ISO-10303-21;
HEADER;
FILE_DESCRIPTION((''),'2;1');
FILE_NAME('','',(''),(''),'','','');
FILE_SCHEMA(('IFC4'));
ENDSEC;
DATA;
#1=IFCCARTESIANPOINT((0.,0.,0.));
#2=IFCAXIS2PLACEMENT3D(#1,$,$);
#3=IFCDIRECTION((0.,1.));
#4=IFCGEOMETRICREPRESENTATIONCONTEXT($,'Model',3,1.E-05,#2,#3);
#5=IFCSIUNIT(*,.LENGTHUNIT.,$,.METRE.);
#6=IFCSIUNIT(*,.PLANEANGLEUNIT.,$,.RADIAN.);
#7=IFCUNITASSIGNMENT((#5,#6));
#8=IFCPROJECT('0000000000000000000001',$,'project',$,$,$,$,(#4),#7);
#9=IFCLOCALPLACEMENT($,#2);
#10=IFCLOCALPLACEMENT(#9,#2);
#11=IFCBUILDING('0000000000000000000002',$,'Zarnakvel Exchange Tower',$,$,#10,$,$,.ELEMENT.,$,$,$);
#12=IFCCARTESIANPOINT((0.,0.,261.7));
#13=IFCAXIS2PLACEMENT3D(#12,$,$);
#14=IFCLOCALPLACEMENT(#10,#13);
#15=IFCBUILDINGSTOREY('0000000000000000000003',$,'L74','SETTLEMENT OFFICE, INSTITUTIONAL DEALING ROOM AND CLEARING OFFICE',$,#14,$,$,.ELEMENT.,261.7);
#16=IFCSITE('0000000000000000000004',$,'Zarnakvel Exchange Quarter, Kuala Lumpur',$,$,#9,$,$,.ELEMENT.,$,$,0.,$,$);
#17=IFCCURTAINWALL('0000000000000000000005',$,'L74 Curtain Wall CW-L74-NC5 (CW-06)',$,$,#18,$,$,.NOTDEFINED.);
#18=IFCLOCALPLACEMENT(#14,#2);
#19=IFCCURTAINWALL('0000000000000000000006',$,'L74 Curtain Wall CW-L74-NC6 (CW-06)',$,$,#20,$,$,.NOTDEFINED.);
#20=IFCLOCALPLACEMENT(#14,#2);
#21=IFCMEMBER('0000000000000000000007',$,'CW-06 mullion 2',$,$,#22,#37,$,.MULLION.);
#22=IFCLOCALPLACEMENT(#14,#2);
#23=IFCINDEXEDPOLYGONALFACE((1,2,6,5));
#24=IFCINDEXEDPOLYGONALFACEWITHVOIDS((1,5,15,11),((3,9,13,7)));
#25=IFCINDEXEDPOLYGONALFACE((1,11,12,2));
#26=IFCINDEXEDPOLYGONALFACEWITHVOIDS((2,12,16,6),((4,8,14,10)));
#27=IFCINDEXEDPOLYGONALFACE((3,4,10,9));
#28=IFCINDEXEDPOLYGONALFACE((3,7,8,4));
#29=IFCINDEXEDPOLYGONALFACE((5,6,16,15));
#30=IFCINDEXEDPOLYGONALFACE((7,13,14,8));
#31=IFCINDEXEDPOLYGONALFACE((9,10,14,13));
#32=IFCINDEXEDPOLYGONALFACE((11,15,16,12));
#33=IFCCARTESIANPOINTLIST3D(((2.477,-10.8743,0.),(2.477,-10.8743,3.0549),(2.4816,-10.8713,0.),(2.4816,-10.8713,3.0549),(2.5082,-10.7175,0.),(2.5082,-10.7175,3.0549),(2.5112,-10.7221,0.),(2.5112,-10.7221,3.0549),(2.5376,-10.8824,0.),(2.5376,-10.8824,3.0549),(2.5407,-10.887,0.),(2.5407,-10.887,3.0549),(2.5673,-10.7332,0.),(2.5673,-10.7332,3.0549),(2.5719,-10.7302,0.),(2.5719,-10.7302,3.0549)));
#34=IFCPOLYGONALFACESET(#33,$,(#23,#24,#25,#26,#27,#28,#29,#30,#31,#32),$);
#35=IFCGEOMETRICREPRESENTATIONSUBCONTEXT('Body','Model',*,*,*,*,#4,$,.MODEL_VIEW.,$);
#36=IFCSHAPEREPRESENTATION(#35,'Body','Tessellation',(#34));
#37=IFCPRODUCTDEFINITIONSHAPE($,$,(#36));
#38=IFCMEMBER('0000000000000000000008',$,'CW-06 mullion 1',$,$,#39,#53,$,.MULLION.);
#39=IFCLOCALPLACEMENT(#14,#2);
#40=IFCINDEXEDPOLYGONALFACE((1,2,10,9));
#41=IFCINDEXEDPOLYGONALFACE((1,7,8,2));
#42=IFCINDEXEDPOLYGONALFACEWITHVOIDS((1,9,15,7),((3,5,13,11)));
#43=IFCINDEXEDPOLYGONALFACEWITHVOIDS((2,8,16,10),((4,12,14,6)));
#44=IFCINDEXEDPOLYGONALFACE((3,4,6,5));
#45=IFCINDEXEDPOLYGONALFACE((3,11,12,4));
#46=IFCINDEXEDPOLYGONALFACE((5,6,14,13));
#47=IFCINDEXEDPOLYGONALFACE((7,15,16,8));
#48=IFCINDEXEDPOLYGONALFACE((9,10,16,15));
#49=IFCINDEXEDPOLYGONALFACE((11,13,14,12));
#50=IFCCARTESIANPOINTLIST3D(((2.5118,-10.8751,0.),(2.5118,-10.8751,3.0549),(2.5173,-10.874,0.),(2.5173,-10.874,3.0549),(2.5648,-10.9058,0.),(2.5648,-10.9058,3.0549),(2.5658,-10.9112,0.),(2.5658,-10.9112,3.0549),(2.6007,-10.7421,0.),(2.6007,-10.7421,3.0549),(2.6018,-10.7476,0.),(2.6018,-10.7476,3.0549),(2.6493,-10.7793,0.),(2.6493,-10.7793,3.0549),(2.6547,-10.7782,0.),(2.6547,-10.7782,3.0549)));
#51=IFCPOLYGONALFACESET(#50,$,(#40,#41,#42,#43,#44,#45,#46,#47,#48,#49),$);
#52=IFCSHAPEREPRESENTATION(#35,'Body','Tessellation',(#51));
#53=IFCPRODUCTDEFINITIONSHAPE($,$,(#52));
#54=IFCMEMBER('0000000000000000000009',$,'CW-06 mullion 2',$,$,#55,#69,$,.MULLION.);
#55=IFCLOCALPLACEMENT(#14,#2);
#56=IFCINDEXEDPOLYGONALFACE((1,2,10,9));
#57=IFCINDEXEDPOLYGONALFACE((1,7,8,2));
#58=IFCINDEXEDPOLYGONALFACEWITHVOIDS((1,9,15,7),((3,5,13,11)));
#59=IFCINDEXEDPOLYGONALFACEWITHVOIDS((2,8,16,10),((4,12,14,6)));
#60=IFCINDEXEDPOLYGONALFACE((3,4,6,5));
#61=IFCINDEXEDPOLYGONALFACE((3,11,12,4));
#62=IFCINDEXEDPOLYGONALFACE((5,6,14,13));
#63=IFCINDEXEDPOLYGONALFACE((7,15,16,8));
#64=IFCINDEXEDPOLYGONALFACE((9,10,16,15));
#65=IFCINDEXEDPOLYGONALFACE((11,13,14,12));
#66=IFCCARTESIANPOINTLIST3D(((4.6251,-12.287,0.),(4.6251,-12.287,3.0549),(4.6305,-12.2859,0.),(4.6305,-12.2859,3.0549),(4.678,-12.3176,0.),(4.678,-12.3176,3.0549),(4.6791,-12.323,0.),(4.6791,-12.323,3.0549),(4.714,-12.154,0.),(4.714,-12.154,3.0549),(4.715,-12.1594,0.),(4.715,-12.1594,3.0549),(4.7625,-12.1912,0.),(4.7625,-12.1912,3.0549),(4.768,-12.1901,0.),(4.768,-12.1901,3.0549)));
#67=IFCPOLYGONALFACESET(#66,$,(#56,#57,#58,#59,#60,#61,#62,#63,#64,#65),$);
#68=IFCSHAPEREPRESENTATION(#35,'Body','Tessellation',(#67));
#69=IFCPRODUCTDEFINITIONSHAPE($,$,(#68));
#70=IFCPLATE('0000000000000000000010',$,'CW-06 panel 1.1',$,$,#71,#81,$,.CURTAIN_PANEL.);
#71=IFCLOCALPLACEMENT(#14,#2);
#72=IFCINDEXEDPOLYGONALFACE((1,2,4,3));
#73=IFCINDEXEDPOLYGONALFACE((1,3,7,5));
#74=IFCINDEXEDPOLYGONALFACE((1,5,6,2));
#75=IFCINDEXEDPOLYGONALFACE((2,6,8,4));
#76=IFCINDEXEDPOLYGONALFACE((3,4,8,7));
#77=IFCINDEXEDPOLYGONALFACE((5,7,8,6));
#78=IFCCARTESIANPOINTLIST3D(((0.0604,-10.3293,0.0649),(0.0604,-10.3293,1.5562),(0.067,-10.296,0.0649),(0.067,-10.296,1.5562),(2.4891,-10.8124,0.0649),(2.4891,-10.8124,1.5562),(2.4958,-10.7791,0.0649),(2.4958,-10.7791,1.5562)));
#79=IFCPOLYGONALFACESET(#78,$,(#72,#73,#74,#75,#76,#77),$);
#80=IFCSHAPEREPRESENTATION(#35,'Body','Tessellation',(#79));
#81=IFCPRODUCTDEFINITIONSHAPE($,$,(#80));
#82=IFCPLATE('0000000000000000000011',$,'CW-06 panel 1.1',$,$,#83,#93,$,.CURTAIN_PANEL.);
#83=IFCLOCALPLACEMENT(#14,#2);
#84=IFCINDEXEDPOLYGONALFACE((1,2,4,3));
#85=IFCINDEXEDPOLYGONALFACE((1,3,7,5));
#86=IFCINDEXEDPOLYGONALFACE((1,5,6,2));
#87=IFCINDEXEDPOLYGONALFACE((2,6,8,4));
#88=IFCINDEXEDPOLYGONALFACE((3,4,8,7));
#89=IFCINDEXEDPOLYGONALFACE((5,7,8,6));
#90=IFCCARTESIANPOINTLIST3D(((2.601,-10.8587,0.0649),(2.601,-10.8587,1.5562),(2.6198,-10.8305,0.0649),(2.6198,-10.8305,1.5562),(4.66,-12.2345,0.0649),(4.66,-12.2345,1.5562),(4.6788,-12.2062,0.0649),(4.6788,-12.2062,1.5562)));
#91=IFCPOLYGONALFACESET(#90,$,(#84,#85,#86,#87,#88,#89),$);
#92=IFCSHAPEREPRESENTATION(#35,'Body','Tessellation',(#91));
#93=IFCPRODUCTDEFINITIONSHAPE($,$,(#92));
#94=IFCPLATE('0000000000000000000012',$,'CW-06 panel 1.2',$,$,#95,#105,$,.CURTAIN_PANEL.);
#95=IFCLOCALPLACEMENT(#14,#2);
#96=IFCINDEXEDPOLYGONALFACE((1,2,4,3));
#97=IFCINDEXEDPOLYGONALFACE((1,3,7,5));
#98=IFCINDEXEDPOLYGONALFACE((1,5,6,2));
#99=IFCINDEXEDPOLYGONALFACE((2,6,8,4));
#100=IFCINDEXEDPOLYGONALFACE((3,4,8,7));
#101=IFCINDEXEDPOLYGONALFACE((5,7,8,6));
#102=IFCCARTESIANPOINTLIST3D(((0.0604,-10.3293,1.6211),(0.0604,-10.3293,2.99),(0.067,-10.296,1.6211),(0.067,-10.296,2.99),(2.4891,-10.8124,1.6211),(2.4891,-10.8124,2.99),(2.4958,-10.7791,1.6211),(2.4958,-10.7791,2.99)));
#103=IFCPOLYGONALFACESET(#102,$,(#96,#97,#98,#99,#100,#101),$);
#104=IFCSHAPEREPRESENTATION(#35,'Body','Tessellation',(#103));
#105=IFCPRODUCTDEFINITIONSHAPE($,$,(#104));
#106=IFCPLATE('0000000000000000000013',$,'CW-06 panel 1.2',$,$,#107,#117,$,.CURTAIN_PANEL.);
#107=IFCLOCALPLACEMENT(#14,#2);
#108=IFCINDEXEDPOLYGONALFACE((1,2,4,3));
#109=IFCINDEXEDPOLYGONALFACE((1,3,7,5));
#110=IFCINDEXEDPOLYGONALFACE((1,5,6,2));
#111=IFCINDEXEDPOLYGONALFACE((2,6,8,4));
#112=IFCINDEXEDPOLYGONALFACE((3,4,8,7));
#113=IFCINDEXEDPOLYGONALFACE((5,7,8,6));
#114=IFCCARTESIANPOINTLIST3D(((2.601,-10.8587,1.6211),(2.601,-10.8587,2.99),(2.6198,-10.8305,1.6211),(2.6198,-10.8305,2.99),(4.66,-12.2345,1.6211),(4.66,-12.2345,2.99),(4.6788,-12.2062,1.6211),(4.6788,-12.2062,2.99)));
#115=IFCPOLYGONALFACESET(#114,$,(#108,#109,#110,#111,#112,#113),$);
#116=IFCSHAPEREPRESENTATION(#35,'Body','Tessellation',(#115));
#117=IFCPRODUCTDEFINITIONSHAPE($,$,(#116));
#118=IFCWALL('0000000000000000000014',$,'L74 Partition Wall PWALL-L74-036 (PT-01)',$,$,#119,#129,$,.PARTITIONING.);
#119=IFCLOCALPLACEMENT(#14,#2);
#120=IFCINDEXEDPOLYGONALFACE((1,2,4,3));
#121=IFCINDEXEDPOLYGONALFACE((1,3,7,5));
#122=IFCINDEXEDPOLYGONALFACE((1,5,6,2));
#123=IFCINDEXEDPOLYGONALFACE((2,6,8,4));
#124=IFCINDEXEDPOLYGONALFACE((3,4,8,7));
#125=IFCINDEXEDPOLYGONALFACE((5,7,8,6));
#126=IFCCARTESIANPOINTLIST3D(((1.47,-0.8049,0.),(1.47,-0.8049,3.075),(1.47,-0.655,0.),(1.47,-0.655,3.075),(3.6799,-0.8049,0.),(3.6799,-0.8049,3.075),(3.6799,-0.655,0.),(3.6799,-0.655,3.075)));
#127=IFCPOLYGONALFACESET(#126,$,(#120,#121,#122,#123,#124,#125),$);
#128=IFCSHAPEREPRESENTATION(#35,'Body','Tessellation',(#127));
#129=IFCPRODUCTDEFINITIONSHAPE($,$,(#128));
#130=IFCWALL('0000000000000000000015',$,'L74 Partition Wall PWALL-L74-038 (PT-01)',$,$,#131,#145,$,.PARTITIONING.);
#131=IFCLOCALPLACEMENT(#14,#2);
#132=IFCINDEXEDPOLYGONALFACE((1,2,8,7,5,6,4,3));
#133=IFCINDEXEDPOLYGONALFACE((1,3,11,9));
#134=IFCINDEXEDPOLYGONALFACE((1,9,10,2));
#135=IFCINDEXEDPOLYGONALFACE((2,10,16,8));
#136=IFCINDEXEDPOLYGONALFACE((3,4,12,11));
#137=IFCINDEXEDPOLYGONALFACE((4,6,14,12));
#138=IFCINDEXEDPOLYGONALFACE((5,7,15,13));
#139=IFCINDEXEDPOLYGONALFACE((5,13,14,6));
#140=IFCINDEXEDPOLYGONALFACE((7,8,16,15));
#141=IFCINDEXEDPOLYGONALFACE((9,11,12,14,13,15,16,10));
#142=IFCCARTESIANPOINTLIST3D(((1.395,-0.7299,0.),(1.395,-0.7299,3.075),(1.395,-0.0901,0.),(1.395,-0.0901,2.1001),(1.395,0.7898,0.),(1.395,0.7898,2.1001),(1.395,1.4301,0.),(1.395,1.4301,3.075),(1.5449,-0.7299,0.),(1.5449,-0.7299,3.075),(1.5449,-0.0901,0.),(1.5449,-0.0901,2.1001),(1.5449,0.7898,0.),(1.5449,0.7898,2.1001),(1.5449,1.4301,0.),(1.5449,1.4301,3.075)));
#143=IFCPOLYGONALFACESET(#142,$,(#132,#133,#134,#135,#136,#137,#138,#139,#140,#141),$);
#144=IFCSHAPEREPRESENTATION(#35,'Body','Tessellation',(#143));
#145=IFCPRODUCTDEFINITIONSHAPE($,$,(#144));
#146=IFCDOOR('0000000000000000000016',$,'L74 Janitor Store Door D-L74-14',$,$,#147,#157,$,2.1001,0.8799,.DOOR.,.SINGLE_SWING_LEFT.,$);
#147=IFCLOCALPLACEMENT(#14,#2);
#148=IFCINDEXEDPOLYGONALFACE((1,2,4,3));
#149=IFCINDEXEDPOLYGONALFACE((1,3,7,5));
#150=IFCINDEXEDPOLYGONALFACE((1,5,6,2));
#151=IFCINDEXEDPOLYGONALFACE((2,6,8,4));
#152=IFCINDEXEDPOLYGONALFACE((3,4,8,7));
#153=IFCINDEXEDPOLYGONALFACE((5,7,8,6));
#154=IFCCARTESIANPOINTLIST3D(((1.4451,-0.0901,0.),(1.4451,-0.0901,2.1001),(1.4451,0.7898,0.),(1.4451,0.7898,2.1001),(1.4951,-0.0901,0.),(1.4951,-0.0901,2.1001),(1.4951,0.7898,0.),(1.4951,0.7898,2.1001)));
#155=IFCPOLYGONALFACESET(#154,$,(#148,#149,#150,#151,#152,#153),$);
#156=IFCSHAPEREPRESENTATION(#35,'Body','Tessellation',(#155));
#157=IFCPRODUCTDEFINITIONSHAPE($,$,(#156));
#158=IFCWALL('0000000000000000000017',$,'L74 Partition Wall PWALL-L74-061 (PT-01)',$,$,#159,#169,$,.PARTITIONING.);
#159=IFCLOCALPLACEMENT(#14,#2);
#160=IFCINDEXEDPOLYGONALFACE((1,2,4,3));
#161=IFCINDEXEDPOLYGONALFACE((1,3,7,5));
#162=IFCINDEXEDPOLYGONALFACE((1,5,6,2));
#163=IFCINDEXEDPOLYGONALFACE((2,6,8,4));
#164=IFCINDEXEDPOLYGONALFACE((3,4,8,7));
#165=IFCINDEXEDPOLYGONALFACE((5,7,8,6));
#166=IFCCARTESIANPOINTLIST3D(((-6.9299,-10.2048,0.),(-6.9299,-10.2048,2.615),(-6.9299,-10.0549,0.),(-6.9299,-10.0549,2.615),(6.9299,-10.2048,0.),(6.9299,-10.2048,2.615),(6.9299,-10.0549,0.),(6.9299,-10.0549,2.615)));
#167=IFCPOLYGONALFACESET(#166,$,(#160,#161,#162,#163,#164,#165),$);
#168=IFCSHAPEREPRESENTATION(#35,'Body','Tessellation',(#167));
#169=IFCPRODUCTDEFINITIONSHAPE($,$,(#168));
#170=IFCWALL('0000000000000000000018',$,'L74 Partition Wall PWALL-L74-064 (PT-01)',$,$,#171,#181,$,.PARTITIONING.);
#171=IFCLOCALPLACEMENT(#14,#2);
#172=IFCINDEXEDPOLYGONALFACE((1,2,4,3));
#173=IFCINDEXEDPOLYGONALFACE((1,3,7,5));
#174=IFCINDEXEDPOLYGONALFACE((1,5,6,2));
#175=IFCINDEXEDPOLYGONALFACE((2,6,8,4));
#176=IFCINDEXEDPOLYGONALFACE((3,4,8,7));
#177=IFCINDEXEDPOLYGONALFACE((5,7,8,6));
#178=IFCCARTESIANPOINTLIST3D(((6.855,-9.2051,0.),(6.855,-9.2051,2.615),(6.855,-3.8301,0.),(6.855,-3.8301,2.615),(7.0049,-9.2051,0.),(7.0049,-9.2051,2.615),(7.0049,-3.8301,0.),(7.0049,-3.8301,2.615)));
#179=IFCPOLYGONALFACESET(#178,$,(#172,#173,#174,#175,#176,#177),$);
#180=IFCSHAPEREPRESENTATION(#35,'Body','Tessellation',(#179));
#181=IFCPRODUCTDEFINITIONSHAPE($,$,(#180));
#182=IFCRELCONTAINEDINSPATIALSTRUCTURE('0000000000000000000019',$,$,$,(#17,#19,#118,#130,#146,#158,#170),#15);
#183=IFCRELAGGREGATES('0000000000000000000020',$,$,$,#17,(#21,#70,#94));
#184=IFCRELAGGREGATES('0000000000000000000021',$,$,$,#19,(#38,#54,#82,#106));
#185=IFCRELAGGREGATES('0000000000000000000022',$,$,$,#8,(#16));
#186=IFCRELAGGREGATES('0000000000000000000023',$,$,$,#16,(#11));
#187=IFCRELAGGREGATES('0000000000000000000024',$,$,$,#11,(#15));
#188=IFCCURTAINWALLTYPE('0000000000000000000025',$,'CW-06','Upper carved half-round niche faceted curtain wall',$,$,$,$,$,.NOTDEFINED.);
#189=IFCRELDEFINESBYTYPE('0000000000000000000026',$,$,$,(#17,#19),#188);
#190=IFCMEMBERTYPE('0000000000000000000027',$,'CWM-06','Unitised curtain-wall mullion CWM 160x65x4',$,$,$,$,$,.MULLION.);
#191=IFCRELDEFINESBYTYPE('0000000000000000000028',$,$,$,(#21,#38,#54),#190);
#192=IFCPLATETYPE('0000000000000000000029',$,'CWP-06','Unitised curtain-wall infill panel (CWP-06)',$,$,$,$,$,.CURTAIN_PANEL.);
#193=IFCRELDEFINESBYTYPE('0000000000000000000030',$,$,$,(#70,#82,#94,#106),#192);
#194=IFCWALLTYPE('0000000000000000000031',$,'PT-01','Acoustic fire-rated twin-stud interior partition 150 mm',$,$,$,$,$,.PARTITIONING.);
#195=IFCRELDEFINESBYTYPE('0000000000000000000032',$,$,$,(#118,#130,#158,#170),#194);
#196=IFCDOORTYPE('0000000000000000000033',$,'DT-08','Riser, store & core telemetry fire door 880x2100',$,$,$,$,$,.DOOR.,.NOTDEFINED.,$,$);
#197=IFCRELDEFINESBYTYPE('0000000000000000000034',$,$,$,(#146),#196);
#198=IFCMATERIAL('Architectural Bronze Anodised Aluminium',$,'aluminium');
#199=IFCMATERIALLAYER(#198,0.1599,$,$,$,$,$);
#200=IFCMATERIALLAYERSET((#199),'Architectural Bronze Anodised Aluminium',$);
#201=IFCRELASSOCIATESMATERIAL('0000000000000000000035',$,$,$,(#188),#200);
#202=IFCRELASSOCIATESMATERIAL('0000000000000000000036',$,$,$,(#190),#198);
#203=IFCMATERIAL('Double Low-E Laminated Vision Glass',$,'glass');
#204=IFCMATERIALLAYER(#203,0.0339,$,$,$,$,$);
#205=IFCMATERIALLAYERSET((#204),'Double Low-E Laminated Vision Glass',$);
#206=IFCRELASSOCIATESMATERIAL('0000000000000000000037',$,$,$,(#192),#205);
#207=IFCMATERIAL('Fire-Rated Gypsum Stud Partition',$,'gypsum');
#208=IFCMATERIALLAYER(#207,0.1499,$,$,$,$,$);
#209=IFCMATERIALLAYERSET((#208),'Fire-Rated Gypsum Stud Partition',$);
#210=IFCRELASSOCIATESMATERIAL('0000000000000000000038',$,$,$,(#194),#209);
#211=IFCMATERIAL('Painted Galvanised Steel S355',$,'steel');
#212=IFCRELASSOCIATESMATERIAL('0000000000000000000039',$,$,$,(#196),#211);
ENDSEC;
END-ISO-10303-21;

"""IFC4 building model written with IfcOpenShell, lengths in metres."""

from ifc_helpers import new_model, si_unit, direction, frame, frame_2d, origin, origin_2d, place, context, subcontext, project, spatial, rectangle, hollow_rectangle, extrude, source, transform, mapped, material, layer, layer_set, material_profile, profile_set, type_object, element, fill, aggregate, save


model = new_model("IFC4")

# Units and contexts
model_context = context("Model", 3, precision=1e-05, world=origin(), true_north=direction((0.0, 1.0)))
body_context = subcontext(model_context, "Body", "Model", "MODEL_VIEW")
ifc_project = project(units=[si_unit("LENGTHUNIT", "METRE"), si_unit("PLANEANGLEUNIT", "RADIAN")], contexts=[model_context])

# Site, building, storey
site_placement = place(None, origin())
site = spatial("IfcSite", under=ifc_project, at=site_placement, Name="Zarnakvel Exchange Quarter, Kuala Lumpur", CompositionType="ELEMENT", RefElevation=0.0)
building_placement = place(site_placement, origin())
building = spatial("IfcBuilding", under=site, at=building_placement, Name="Zarnakvel Exchange Tower", CompositionType="ELEMENT")
storey_placement = place(building_placement, frame((0.0, 0.0, 261.7)))
storey = spatial("IfcBuildingStorey", under=building, at=storey_placement, Name="L74", Description="SETTLEMENT OFFICE, INSTITUTIONAL DEALING ROOM AND CLEARING OFFICE", CompositionType="ELEMENT", Elevation=261.7)

# Curtain walls
ifc_material_1 = material(Name="Architectural Bronze Anodised Aluminium", Category="aluminium")
ifc_layer_1 = layer(ifc_material_1, 0.1599)
ifc_layer_set_1 = layer_set([ifc_layer_1], Name="Architectural Bronze Anodised Aluminium")
curtain_wall_type = type_object("IfcCurtainWallType", Name="CW-06", Description="Upper carved half-round niche faceted curtain wall", PredefinedType="NOTDEFINED", material=ifc_layer_set_1)
curtain_wall_1_placement = place(storey_placement, origin())
curtain_wall_1 = element("IfcCurtainWall", 1, at=curtain_wall_1_placement, inside=storey, type_object=curtain_wall_type, Name="L74 Curtain Wall CW-L74-NC5 (CW-06)", PredefinedType="NOTDEFINED")
curtain_wall_2_placement = place(storey_placement, origin())
curtain_wall_2 = element("IfcCurtainWall", 2, at=curtain_wall_2_placement, inside=storey, type_object=curtain_wall_type, Name="L74 Curtain Wall CW-L74-NC6 (CW-06)", PredefinedType="NOTDEFINED")

# Members
ifc_material_profile_1 = material_profile(ifc_material_1, hollow_rectangle(XDim=0.1599, YDim=0.0649, WallThickness=0.0039, at=origin_2d()))
ifc_profile_set_1 = profile_set([ifc_material_profile_1], Name="Architectural Bronze Anodised Aluminium")
member_type_1 = type_object("IfcMemberType", Name="CWM-06", Description="Unitised curtain-wall mullion CWM 160x65x4", PredefinedType="MULLION", material=ifc_profile_set_1)
shared_shape_1 = source(origin(), body_context, "Body", "SweptSolid", [
    extrude(hollow_rectangle(XDim=0.1599, YDim=0.0649, WallThickness=0.0039, at=origin_2d()), origin(), (0.0, 0.0, 1.0), 3.0549),
])
member_1_placement = place(storey_placement, frame((2.5244, -10.8022, 0.0), z_axis=(0.0, 0.0, 1.0), x_axis=(0.19509, 0.980785, 0.0)))
member_1 = element("IfcMember", 3, at=member_1_placement, type_object=member_type_1, Name="CW-06 mullion 2", PredefinedType="MULLION", context=body_context, shape_type="MappedRepresentation", body=[
    mapped(shared_shape_1, transform((0.0, 0.0, 0.0), x_axis=(1.0, 0.0, 0.0), y_axis=(0.0, 1.0, 0.0), z_axis=(0.0, 0.0, 1.0), scale=1.0)),
])
member_2_placement = place(storey_placement, frame((2.5833, -10.8267, 0.0), z_axis=(0.0, 0.0, 1.0), x_axis=(0.55557, 0.83147, 0.0)))
member_2 = element("IfcMember", 4, at=member_2_placement, type_object=member_type_1, Name="CW-06 mullion 1", PredefinedType="MULLION", context=body_context, shape_type="MappedRepresentation", body=[
    mapped(shared_shape_1, transform((0.0, 0.0, 0.0), x_axis=(1.0, 0.0, 0.0), y_axis=(0.0, 1.0, 0.0), z_axis=(0.0, 0.0, 1.0), scale=1.0)),
])
member_3_placement = place(storey_placement, frame((4.6965, -12.2385, 0.0), z_axis=(0.0, 0.0, 1.0), x_axis=(0.55557, 0.83147, 0.0)))
member_3 = element("IfcMember", 5, at=member_3_placement, type_object=member_type_1, Name="CW-06 mullion 2", PredefinedType="MULLION", context=body_context, shape_type="MappedRepresentation", body=[
    mapped(shared_shape_1, transform((0.0, 0.0, 0.0), x_axis=(1.0, 0.0, 0.0), y_axis=(0.0, 1.0, 0.0), z_axis=(0.0, 0.0, 1.0), scale=1.0)),
])

# Plates
ifc_material_2 = material(Name="Double Low-E Laminated Vision Glass", Category="glass")
ifc_layer_2 = layer(ifc_material_2, 0.0339)
ifc_layer_set_2 = layer_set([ifc_layer_2], Name="Double Low-E Laminated Vision Glass")
plate_type = type_object("IfcPlateType", Name="CWP-06", Description="Unitised curtain-wall infill panel (CWP-06)", PredefinedType="CURTAIN_PANEL", material=ifc_layer_set_2)
shared_shape_2 = source(origin(), body_context, "Body", "SweptSolid", [
    extrude(rectangle(XDim=2.4763, YDim=0.0339, at=origin_2d()), origin(), (0.0, 0.0, 1.0), 1.4912),
])
plate_1_placement = place(storey_placement, frame((1.2781, -10.5542, 0.0649), z_axis=(0.0, 0.0, 1.0), x_axis=(0.980785, -0.19509, 0.0)))
plate_1 = element("IfcPlate", 6, at=plate_1_placement, type_object=plate_type, Name="CW-06 panel 1.1", PredefinedType="CURTAIN_PANEL", context=body_context, shape_type="MappedRepresentation", body=[
    mapped(shared_shape_2, transform((0.0, 0.0, 0.0), x_axis=(1.0, 0.0, 0.0), y_axis=(0.0, 1.0, 0.0), z_axis=(0.0, 0.0, 1.0), scale=1.0)),
])
plate_2_placement = place(storey_placement, frame((3.6399, -11.5325, 0.0649), z_axis=(0.0, 0.0, 1.0), x_axis=(0.83147, -0.55557, 0.0)))
plate_2 = element("IfcPlate", 7, at=plate_2_placement, type_object=plate_type, Name="CW-06 panel 1.1", PredefinedType="CURTAIN_PANEL", context=body_context, shape_type="MappedRepresentation", body=[
    mapped(shared_shape_2, transform((0.0, 0.0, 0.0), x_axis=(1.0, 0.0, 0.0), y_axis=(0.0, 1.0, 0.0), z_axis=(0.0, 0.0, 1.0), scale=1.0)),
])
shared_shape_3 = source(origin(), body_context, "Body", "SweptSolid", [
    extrude(rectangle(XDim=2.4763, YDim=0.0339, at=origin_2d()), origin(), (0.0, 0.0, 1.0), 1.3689),
])
plate_3_placement = place(storey_placement, frame((1.2781, -10.5542, 1.6211), z_axis=(0.0, 0.0, 1.0), x_axis=(0.980785, -0.19509, 0.0)))
plate_3 = element("IfcPlate", 8, at=plate_3_placement, type_object=plate_type, Name="CW-06 panel 1.2", PredefinedType="CURTAIN_PANEL", context=body_context, shape_type="MappedRepresentation", body=[
    mapped(shared_shape_3, transform((0.0, 0.0, 0.0), x_axis=(1.0, 0.0, 0.0), y_axis=(0.0, 1.0, 0.0), z_axis=(0.0, 0.0, 1.0), scale=1.0)),
])
aggregate(curtain_wall_1, [member_1, plate_1, plate_3])
plate_4_placement = place(storey_placement, frame((3.6399, -11.5325, 1.6211), z_axis=(0.0, 0.0, 1.0), x_axis=(0.83147, -0.55557, 0.0)))
plate_4 = element("IfcPlate", 9, at=plate_4_placement, type_object=plate_type, Name="CW-06 panel 1.2", PredefinedType="CURTAIN_PANEL", context=body_context, shape_type="MappedRepresentation", body=[
    mapped(shared_shape_3, transform((0.0, 0.0, 0.0), x_axis=(1.0, 0.0, 0.0), y_axis=(0.0, 1.0, 0.0), z_axis=(0.0, 0.0, 1.0), scale=1.0)),
])
aggregate(curtain_wall_2, [member_2, member_3, plate_2, plate_4])

# Wall
ifc_material_3 = material(Name="Fire-Rated Gypsum Stud Partition", Category="gypsum")
ifc_layer_3 = layer(ifc_material_3, 0.1499)
ifc_layer_set_3 = layer_set([ifc_layer_3], Name="Fire-Rated Gypsum Stud Partition")
wall_type = type_object("IfcWallType", Name="PT-01", Description="Acoustic fire-rated twin-stud interior partition 150 mm", PredefinedType="PARTITIONING", material=ifc_layer_set_3)
wall_1_placement = place(storey_placement, frame((3.6799, -0.73, 0.0), z_axis=(0.0, 0.0, 1.0), x_axis=(-1.0, 0.0, 0.0)))
element("IfcWall", 10, at=wall_1_placement, inside=storey, type_object=wall_type, Name="L74 Partition Wall PWALL-L74-036 (PT-01)", PredefinedType="PARTITIONING", context=body_context, shape_type="SweptSolid", body=[
    extrude(rectangle(XDim=2.21, YDim=0.1499, at=frame_2d((1.105, 0.0))), origin(), (0.0, 0.0, 1.0), 3.075),
])

# Wall, opening, door
wall_2_placement = place(storey_placement, frame((1.47, -0.73, 0.0), z_axis=(0.0, 0.0, 1.0), x_axis=(0.0, 1.0, 0.0)))
wall_2 = element("IfcWall", 11, at=wall_2_placement, inside=storey, type_object=wall_type, Name="L74 Partition Wall PWALL-L74-038 (PT-01)", PredefinedType="PARTITIONING", context=body_context, shape_type="SweptSolid", body=[
    extrude(rectangle(XDim=2.1599, YDim=0.1499, at=frame_2d((1.0801, 0.0))), origin(), (0.0, 0.0, 1.0), 3.075),
])
opening_placement = place(wall_2_placement, frame((0.6399, 0.0, 0.0)))
opening = element("IfcOpeningElement", 12, at=opening_placement, cuts=wall_2, PredefinedType="OPENING", context=body_context, shape_type="SweptSolid", body=[
    extrude(rectangle(XDim=0.8799, YDim=2.1001, at=frame_2d((0.4399, 1.05))), frame((0.0, 0.085, 0.0), z_axis=(0.0, -1.0, 0.0), x_axis=(1.0, 0.0, 0.0)), (0.0, 0.0, 1.0), 0.1699),
])
ifc_material_4 = material(Name="Painted Galvanised Steel S355", Category="steel")
door_type = type_object("IfcDoorType", Name="DT-08", Description="Riser, store & core telemetry fire door 880x2100", OperationType="NOTDEFINED", PredefinedType="DOOR", material=ifc_material_4)
shared_shape_4 = source(origin(), body_context, "Body", "SweptSolid", [
    extrude(rectangle(XDim=0.8799, YDim=2.1001, at=frame_2d((0.4399, 1.05))), frame((0.0, 0.0249, 0.0), z_axis=(0.0, -1.0, 0.0), x_axis=(1.0, 0.0, 0.0)), (0.0, 0.0, 1.0), 0.05),
])
door_placement = place(opening_placement, origin())
door = element("IfcDoor", 13, at=door_placement, inside=storey, type_object=door_type, Name="L74 Janitor Store Door D-L74-14", OperationType="SINGLE_SWING_LEFT", OverallHeight=2.1001, OverallWidth=0.8799, PredefinedType="DOOR", context=body_context, shape_type="MappedRepresentation", body=[
    mapped(shared_shape_4, transform((0.0, 0.0, 0.0), x_axis=(1.0, 0.0, 0.0), y_axis=(0.0, 1.0, 0.0), z_axis=(0.0, 0.0, 1.0), scale=1.0)),
])
fill(opening, door)

# Walls
wall_3_placement = place(storey_placement, frame((6.9299, -10.1299, 0.0), z_axis=(0.0, 0.0, 1.0), x_axis=(-1.0, 0.0, 0.0)))
element("IfcWall", 14, at=wall_3_placement, inside=storey, type_object=wall_type, Name="L74 Partition Wall PWALL-L74-061 (PT-01)", PredefinedType="PARTITIONING", context=body_context, shape_type="SweptSolid", body=[
    extrude(rectangle(XDim=13.8599, YDim=0.1499, at=frame_2d((6.9299, 0.0))), origin(), (0.0, 0.0, 1.0), 2.615),
])
wall_4_placement = place(storey_placement, frame((6.9299, -3.8301, 0.0), z_axis=(0.0, 0.0, 1.0), x_axis=(0.0, -1.0, 0.0)))
element("IfcWall", 15, at=wall_4_placement, inside=storey, type_object=wall_type, Name="L74 Partition Wall PWALL-L74-064 (PT-01)", PredefinedType="PARTITIONING", context=body_context, shape_type="SweptSolid", body=[
    extrude(rectangle(XDim=5.375, YDim=0.1499, at=frame_2d((2.6875, 0.0))), origin(), (0.0, 0.0, 1.0), 2.615),
])

save(model, "model.ifc")
